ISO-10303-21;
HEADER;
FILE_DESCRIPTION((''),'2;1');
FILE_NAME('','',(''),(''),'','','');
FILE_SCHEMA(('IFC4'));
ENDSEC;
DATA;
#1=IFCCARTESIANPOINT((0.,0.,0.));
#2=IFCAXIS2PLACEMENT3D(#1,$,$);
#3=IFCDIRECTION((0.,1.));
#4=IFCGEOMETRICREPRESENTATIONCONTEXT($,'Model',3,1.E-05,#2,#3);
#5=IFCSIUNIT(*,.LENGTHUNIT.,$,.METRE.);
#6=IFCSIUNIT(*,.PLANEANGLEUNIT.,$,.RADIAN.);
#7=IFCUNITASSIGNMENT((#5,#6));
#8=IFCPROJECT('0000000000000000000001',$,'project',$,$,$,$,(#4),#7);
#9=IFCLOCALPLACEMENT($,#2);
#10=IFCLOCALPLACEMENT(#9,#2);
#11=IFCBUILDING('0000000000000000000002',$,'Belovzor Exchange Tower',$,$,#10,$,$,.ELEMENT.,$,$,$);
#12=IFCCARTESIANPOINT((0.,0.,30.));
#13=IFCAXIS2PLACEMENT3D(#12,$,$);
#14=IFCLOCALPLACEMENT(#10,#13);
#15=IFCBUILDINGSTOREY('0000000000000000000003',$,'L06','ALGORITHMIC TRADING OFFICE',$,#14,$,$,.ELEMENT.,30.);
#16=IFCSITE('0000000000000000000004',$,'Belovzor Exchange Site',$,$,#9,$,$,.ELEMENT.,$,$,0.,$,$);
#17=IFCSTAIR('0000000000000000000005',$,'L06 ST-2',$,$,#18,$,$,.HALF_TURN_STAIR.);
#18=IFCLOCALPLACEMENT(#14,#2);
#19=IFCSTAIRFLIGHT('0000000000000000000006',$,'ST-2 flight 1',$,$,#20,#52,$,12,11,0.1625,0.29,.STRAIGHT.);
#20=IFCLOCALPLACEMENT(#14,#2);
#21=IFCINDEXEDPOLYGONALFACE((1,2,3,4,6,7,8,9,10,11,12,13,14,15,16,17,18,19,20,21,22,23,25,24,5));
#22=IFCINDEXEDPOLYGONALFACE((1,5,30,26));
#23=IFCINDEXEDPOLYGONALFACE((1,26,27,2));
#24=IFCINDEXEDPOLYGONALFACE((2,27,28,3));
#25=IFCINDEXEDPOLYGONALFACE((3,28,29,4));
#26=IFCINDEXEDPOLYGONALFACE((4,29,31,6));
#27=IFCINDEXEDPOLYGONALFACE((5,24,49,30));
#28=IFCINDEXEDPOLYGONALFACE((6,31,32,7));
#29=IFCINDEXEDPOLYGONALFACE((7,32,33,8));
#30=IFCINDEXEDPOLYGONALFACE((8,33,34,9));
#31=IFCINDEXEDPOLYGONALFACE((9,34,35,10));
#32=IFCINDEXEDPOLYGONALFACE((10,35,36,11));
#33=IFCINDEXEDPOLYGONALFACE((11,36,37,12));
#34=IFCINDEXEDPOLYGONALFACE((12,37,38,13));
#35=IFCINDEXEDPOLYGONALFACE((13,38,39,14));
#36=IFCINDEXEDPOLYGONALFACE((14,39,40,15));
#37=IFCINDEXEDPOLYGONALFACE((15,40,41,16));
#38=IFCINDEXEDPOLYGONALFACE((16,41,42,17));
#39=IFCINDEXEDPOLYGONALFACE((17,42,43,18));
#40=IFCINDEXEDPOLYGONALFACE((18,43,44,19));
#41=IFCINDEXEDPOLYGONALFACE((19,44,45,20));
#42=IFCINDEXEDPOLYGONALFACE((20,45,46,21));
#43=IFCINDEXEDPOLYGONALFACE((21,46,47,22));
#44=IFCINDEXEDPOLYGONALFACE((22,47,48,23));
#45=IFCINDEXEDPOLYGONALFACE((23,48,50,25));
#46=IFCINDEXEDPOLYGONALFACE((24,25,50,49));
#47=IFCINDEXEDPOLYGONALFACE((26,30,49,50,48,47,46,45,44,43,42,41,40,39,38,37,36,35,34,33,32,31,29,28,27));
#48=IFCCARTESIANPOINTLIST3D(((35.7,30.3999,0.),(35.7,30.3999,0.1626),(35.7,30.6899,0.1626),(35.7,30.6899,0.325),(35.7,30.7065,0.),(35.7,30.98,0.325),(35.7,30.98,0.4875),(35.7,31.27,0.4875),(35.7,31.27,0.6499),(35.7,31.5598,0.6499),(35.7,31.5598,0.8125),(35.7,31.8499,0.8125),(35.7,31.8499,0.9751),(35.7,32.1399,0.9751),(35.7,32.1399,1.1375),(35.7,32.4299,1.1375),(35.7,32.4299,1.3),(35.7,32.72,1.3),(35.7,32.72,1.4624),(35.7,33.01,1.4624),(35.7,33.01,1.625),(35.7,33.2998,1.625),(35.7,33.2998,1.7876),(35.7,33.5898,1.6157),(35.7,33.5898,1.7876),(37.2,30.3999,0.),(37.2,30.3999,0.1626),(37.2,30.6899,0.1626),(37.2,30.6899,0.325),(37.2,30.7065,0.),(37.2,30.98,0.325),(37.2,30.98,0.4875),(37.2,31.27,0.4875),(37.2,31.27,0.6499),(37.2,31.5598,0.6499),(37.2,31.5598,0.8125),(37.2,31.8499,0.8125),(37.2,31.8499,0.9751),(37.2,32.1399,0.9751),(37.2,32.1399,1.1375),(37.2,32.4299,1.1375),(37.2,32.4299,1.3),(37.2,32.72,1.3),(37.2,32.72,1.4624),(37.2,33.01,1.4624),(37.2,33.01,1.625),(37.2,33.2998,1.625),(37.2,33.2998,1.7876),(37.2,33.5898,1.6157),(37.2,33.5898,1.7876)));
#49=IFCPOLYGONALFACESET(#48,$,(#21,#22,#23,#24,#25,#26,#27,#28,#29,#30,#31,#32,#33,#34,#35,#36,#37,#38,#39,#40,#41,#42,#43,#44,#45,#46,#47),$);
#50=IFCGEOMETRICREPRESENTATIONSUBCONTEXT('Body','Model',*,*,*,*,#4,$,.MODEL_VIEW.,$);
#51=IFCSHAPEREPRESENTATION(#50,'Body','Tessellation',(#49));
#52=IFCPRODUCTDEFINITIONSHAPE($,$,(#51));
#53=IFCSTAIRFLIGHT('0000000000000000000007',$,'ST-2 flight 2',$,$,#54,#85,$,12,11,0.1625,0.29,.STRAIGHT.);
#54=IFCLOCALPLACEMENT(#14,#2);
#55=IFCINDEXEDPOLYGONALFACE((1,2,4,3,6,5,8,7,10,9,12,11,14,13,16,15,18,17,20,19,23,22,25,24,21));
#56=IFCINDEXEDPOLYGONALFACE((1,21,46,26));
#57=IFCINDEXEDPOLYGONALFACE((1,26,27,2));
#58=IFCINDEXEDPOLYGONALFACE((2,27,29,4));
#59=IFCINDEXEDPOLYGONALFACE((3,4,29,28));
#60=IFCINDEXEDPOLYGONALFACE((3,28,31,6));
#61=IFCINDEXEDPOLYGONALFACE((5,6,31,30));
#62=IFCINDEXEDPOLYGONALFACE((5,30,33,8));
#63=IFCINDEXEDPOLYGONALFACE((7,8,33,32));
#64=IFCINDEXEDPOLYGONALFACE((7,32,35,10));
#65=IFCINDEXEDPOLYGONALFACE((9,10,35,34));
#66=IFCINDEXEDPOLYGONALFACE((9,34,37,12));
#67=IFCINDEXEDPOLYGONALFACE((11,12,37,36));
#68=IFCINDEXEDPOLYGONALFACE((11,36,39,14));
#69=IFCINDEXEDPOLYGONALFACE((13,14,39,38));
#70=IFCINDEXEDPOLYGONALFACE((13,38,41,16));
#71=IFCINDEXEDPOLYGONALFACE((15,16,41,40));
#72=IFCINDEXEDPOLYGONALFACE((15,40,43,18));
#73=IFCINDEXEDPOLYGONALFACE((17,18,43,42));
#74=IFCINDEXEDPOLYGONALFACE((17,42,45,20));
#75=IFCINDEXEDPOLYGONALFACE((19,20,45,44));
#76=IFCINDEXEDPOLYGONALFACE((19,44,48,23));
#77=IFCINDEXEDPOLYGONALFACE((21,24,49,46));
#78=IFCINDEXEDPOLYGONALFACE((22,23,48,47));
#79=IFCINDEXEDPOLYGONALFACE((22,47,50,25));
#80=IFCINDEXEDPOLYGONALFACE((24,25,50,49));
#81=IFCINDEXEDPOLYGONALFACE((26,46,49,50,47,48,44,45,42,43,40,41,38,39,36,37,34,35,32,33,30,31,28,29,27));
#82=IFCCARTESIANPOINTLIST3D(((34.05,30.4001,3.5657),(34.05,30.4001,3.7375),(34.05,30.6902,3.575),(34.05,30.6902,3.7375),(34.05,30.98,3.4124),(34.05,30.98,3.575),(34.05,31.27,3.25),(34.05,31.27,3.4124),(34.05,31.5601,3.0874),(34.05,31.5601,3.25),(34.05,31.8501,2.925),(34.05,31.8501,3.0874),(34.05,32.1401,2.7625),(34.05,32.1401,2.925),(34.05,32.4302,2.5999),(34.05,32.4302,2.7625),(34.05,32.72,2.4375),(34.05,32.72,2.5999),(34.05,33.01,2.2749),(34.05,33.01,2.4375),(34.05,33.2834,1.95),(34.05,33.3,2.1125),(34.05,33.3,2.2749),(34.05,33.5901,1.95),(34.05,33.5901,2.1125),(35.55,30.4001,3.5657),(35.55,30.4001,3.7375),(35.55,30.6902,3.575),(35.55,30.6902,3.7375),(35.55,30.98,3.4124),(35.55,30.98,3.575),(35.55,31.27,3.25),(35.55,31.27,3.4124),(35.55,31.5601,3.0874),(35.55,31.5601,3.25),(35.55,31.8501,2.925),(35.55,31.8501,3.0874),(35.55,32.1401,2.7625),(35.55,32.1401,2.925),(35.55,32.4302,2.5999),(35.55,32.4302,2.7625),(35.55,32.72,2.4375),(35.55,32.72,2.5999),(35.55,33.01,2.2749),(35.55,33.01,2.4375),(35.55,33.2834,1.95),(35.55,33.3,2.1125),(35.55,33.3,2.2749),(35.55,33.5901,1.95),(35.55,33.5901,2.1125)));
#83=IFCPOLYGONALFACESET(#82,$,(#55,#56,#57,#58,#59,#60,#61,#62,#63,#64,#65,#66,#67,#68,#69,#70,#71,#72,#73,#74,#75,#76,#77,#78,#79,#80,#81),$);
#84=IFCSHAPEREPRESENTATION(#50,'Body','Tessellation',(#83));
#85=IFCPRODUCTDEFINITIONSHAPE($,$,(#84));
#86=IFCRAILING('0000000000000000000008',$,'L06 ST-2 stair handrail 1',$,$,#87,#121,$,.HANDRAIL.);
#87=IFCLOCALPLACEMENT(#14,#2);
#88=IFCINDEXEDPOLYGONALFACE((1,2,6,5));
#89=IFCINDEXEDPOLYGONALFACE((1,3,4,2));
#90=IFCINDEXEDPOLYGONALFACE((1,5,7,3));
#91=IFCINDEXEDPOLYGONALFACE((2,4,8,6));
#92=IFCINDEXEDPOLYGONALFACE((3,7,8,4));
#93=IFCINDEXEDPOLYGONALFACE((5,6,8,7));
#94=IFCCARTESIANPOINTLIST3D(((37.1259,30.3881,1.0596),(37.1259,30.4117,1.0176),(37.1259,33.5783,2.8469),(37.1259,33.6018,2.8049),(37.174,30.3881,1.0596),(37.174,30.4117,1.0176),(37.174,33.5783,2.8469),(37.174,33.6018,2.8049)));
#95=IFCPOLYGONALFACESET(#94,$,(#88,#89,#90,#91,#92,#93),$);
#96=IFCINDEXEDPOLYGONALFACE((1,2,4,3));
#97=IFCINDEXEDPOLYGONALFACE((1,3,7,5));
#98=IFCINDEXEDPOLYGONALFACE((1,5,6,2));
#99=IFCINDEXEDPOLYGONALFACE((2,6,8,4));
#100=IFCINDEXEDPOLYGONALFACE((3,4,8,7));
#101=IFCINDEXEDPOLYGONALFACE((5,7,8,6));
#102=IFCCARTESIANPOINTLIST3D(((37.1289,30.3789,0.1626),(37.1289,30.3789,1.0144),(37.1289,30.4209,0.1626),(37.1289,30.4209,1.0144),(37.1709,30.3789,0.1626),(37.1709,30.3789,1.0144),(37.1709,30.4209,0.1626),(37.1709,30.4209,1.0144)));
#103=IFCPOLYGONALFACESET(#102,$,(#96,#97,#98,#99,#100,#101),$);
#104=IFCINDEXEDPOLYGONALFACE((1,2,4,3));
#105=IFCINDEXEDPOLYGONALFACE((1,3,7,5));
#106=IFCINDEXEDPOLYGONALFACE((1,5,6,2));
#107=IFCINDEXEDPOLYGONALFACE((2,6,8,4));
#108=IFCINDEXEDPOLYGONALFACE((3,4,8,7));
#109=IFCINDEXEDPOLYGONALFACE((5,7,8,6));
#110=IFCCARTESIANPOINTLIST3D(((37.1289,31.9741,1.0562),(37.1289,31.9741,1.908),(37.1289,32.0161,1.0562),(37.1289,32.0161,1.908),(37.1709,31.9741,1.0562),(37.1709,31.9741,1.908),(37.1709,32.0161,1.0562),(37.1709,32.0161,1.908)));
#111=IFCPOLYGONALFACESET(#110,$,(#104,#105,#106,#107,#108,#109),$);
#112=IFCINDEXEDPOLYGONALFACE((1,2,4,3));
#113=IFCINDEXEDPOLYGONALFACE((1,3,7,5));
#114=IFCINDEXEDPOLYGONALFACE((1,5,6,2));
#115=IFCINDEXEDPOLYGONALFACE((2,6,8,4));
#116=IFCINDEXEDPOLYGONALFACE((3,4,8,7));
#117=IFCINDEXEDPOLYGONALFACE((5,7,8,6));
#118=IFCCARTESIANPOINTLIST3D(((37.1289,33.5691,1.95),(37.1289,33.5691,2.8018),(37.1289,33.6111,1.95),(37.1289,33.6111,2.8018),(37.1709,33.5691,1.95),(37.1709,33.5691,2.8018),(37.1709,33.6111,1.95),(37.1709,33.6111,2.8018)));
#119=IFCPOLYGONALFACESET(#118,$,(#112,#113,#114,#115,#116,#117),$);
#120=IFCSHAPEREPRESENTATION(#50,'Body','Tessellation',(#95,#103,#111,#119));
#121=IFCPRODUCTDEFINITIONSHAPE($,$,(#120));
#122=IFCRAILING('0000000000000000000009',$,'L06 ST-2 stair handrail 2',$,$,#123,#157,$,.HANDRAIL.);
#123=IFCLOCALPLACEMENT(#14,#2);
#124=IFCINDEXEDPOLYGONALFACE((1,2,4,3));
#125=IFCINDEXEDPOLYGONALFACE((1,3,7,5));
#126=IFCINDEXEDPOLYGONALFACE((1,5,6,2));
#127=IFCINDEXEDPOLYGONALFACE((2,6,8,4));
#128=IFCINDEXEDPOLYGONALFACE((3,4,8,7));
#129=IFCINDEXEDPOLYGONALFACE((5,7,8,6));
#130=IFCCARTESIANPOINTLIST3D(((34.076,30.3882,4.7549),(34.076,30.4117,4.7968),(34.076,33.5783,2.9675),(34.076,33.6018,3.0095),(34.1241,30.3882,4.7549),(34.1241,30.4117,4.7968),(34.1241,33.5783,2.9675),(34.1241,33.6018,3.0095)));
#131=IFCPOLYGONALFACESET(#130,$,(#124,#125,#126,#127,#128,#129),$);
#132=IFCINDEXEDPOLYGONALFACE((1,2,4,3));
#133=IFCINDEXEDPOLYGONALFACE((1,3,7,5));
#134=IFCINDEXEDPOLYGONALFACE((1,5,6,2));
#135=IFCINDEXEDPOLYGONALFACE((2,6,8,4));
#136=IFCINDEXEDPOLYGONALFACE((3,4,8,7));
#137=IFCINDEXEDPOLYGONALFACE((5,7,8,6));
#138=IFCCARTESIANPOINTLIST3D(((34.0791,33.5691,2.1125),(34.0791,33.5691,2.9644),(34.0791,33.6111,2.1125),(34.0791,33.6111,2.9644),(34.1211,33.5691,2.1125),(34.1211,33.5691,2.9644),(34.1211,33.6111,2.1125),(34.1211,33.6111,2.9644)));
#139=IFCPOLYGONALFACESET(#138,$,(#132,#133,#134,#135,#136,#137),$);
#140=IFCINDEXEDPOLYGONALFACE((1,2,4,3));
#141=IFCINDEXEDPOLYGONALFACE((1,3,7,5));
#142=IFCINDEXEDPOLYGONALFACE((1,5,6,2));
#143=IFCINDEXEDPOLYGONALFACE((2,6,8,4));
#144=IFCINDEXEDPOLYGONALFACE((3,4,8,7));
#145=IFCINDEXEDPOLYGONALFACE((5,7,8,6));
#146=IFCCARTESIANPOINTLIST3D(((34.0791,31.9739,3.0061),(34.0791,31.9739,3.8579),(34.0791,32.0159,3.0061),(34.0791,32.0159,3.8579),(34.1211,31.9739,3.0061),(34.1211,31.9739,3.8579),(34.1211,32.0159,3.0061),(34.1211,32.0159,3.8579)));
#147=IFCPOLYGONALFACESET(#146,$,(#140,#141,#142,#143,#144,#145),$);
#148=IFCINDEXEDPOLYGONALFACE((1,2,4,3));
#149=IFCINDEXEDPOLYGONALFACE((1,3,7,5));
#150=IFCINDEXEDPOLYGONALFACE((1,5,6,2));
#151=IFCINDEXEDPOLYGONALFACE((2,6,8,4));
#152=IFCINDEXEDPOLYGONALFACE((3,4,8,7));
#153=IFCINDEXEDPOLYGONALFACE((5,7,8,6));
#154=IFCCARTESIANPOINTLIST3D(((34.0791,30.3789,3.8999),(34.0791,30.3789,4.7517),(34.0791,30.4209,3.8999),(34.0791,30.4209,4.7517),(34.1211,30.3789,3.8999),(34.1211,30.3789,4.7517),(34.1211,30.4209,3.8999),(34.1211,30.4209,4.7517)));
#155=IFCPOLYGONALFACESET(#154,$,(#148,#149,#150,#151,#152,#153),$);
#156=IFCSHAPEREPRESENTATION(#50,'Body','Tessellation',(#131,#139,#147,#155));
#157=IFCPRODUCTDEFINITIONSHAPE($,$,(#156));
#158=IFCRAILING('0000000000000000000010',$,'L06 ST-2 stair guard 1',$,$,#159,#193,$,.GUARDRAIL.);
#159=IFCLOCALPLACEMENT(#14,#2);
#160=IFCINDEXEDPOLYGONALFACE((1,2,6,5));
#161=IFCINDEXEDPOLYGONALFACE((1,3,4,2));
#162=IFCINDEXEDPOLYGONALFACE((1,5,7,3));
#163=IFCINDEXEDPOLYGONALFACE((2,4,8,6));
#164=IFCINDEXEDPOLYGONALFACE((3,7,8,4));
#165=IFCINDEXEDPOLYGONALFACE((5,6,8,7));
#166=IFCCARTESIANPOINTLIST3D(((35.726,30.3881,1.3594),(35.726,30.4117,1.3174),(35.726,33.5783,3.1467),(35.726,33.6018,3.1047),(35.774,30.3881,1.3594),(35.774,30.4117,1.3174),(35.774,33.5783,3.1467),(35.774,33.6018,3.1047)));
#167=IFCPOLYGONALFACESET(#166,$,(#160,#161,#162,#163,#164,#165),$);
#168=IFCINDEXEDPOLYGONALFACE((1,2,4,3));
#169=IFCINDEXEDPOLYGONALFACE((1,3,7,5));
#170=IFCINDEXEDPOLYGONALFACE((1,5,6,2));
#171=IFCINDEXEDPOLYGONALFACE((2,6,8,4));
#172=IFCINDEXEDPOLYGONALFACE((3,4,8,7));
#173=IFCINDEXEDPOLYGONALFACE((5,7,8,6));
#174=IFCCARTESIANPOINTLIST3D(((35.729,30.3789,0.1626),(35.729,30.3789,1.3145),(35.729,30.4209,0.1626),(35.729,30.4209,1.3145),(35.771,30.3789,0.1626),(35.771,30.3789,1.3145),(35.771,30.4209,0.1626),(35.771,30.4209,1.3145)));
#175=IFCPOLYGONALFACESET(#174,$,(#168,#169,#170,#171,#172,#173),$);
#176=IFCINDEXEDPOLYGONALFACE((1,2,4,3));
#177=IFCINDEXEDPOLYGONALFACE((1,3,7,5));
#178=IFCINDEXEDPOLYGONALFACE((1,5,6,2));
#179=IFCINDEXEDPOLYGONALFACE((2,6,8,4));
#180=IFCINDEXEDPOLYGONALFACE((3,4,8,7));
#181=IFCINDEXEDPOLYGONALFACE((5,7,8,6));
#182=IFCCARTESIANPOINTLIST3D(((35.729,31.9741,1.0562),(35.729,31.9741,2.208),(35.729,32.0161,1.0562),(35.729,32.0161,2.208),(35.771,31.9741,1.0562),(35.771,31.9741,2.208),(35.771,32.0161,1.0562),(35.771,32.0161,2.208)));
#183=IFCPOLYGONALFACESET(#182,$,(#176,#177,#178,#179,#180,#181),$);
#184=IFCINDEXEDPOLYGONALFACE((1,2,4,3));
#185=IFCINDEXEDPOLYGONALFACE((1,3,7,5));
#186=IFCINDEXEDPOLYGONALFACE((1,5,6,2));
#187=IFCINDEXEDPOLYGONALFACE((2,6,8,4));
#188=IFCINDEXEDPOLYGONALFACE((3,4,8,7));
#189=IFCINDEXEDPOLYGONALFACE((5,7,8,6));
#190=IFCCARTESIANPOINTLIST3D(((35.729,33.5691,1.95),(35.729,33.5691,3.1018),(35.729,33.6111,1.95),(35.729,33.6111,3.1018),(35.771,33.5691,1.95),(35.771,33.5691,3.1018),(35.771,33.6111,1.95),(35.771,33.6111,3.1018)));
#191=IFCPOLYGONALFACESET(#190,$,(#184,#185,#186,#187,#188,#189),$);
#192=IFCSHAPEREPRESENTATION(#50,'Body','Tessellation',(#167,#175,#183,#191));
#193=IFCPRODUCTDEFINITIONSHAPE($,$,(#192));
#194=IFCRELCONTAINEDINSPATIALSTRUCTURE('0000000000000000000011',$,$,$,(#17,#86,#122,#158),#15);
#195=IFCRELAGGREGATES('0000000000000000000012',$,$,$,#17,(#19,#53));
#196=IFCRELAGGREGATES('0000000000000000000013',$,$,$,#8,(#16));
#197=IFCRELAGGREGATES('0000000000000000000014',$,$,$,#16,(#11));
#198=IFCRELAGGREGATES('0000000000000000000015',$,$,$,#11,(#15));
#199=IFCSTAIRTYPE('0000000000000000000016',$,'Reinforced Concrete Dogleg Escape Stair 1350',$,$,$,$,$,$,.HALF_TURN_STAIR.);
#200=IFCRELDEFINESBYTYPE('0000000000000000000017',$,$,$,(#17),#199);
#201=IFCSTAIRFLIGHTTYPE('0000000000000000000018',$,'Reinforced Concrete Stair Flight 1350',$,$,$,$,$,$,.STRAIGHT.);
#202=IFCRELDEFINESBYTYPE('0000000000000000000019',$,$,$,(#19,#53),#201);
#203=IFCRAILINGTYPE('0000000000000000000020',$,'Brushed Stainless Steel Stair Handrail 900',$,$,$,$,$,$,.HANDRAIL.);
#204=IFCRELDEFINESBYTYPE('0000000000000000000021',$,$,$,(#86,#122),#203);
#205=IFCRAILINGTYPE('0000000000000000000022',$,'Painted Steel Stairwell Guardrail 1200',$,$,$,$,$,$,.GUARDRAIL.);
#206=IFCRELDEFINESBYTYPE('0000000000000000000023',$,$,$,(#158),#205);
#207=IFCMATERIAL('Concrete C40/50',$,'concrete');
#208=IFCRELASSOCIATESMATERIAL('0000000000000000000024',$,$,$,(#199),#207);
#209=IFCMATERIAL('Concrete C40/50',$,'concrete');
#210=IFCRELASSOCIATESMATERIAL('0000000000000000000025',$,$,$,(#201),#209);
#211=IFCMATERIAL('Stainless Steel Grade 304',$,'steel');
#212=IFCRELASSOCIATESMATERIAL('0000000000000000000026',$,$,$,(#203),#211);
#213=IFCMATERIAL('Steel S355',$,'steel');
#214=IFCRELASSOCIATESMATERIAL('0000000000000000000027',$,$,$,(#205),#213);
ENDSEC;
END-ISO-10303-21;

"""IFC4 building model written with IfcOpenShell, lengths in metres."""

from ifc_helpers import new_model, si_unit, direction, frame, origin, origin_2d, place, context, subcontext, project, spatial, polyline, rectangle, outline, extrude, material, type_object, element, aggregate, save


model = new_model("IFC4")

# Units and contexts
model_context = context("Model", 3, precision=1e-05, world=origin(), true_north=direction((0.0, 1.0)))
body_context = subcontext(model_context, "Body", "Model", "MODEL_VIEW")
ifc_project = project(units=[si_unit("LENGTHUNIT", "METRE"), si_unit("PLANEANGLEUNIT", "RADIAN")], contexts=[model_context])

# Site, building, storey
site_placement = place(None, origin())
site = spatial("IfcSite", under=ifc_project, at=site_placement, Name="Belovzor Exchange Site", CompositionType="ELEMENT", RefElevation=0.0)
building_placement = place(site_placement, origin())
building = spatial("IfcBuilding", under=site, at=building_placement, Name="Belovzor Exchange Tower", CompositionType="ELEMENT")
storey_placement = place(building_placement, frame((0.0, 0.0, 30.0)))
storey = spatial("IfcBuildingStorey", under=building, at=storey_placement, Name="L06", Description="ALGORITHMIC TRADING OFFICE", CompositionType="ELEMENT", Elevation=30.0)

# Stair, stair flights
ifc_material_1 = material(Name="Concrete C40/50", Category="concrete")
stair_type = type_object("IfcStairType", Name="Reinforced Concrete Dogleg Escape Stair 1350", PredefinedType="HALF_TURN_STAIR", material=ifc_material_1)
stair_placement = place(storey_placement, origin())
stair = element("IfcStair", 1, at=stair_placement, inside=storey, type_object=stair_type, Name="L06 ST-2", PredefinedType="HALF_TURN_STAIR")
ifc_material_2 = material(Name="Concrete C40/50", Category="concrete")
stair_flight_type = type_object("IfcStairFlightType", Name="Reinforced Concrete Stair Flight 1350", PredefinedType="STRAIGHT", material=ifc_material_2)
stair_flight_1_placement = place(storey_placement, frame((36.45, 30.3999, 0.0), z_axis=(0.0, 0.0, 1.0), x_axis=(0.0, 1.0, 0.0)))
stair_flight_1 = element("IfcStairFlight", 2, at=stair_flight_1_placement, type_object=stair_flight_type, Name="ST-2 flight 1", NumberOfRisers=12, NumberOfTreads=11, PredefinedType="STRAIGHT", RiserHeight=0.1625, TreadLength=0.29, context=body_context, shape_type="SweptSolid", body=[
    extrude(outline(polyline([(0.0, 0.0), (0.0, 0.1626), (0.29, 0.1626), (0.29, 0.325), (0.5801, 0.325), (0.5801, 0.4875), (0.8701, 0.4875), (0.8701, 0.6499), (1.1599, 0.6499), (1.1599, 0.8125), (1.45, 0.8125), (1.45, 0.9751), (1.74, 0.9751), (1.74, 1.1375), (2.03, 1.1375), (2.03, 1.3), (2.3201, 1.3), (2.3201, 1.4624), (2.6101, 1.4624), (2.6101, 1.625), (2.8999, 1.625), (2.8999, 1.7876), (3.1899, 1.7876), (3.1899, 1.95), (3.1899, 1.6157), (0.3066, 0.0), (0.0, 0.0)])), frame((0.0, 0.75, 0.0), z_axis=(0.0, -1.0, 0.0), x_axis=(1.0, 0.0, 0.0)), (0.0, 0.0, 1.0), 1.5),
])
stair_flight_2_placement = place(storey_placement, frame((34.8, 33.5901, 1.95), z_axis=(0.0, 0.0, 1.0), x_axis=(0.0, -1.0, 0.0)))
stair_flight_2 = element("IfcStairFlight", 3, at=stair_flight_2_placement, type_object=stair_flight_type, Name="ST-2 flight 2", NumberOfRisers=12, NumberOfTreads=11, PredefinedType="STRAIGHT", RiserHeight=0.1625, TreadLength=0.29, context=body_context, shape_type="SweptSolid", body=[
    extrude(outline(polyline([(0.0, 0.0), (0.0, 0.1626), (0.29, 0.1626), (0.29, 0.325), (0.5801, 0.325), (0.5801, 0.4875), (0.8701, 0.4875), (0.8701, 0.6499), (1.1599, 0.6499), (1.1599, 0.8125), (1.45, 0.8125), (1.45, 0.9751), (1.74, 0.9751), (1.74, 1.1375), (2.03, 1.1375), (2.03, 1.3), (2.3201, 1.3), (2.3201, 1.4624), (2.6101, 1.4624), (2.6101, 1.625), (2.8999, 1.625), (2.8999, 1.7876), (3.1899, 1.7876), (3.1899, 1.95), (3.1899, 1.6157), (0.3066, 0.0), (0.0, 0.0)])), frame((0.0, 0.75, 0.0), z_axis=(0.0, -1.0, 0.0), x_axis=(1.0, 0.0, 0.0)), (0.0, 0.0, 1.0), 1.5),
])
aggregate(stair, [stair_flight_1, stair_flight_2])

# Railings
ifc_material_3 = material(Name="Stainless Steel Grade 304", Category="steel")
railing_type_1 = type_object("IfcRailingType", Name="Brushed Stainless Steel Stair Handrail 900", PredefinedType="HANDRAIL", material=ifc_material_3)
railing_1_placement = place(storey_placement, frame((37.1499, 30.3999, 0.1626)))
element("IfcRailing", 4, at=railing_1_placement, inside=storey, type_object=railing_type_1, Name="L06 ST-2 stair handrail 1", PredefinedType="HANDRAIL", context=body_context, shape_type="SweptSolid", body=[
    extrude(rectangle(XDim=0.0481, YDim=0.0481, at=origin_2d()), frame((0.0, 0.0, 0.876), z_axis=(0.0, 0.872407, 0.48878), x_axis=(-1.0, 0.0, 0.0)), (0.0, 0.0, 1.0), 3.6567),
    extrude(rectangle(XDim=0.042, YDim=0.042, at=origin_2d()), origin(), (0.0, 0.0, 1.0), 0.8518),
    extrude(rectangle(XDim=0.042, YDim=0.042, at=origin_2d()), frame((0.0, 1.5952, 0.8936)), (0.0, 0.0, 1.0), 0.8518),
    extrude(rectangle(XDim=0.042, YDim=0.042, at=origin_2d()), frame((0.0, 3.1902, 1.7874)), (0.0, 0.0, 1.0), 0.8518),
])
railing_2_placement = place(storey_placement, frame((34.1001, 33.5901, 2.1125)))
element("IfcRailing", 5, at=railing_2_placement, inside=storey, type_object=railing_type_1, Name="L06 ST-2 stair handrail 2", PredefinedType="HANDRAIL", context=body_context, shape_type="SweptSolid", body=[
    extrude(rectangle(XDim=0.0481, YDim=0.0481, at=origin_2d()), frame((0.0, 0.0, 0.876), z_axis=(0.0, -0.872407, 0.48878), x_axis=(1.0, 0.0, 0.0)), (0.0, 0.0, 1.0), 3.6567),
    extrude(rectangle(XDim=0.042, YDim=0.042, at=origin_2d()), origin(), (0.0, 0.0, 1.0), 0.8518),
    extrude(rectangle(XDim=0.042, YDim=0.042, at=origin_2d()), frame((0.0, -1.5952, 0.8936)), (0.0, 0.0, 1.0), 0.8518),
    extrude(rectangle(XDim=0.042, YDim=0.042, at=origin_2d()), frame((0.0, -3.1902, 1.7874)), (0.0, 0.0, 1.0), 0.8518),
])
ifc_material_4 = material(Name="Steel S355", Category="steel")
railing_type_2 = type_object("IfcRailingType", Name="Painted Steel Stairwell Guardrail 1200", PredefinedType="GUARDRAIL", material=ifc_material_4)
railing_3_placement = place(storey_placement, frame((35.75, 30.3999, 0.1626)))
element("IfcRailing", 6, at=railing_3_placement, inside=storey, type_object=railing_type_2, Name="L06 ST-2 stair guard 1", PredefinedType="GUARDRAIL", context=body_context, shape_type="SweptSolid", body=[
    extrude(rectangle(XDim=0.0481, YDim=0.0481, at=origin_2d()), frame((0.0, 0.0, 1.1758), z_axis=(0.0, 0.872407, 0.48878), x_axis=(-1.0, 0.0, 0.0)), (0.0, 0.0, 1.0), 3.6567),
    extrude(rectangle(XDim=0.042, YDim=0.042, at=origin_2d()), origin(), (0.0, 0.0, 1.0), 1.1519),
    extrude(rectangle(XDim=0.042, YDim=0.042, at=origin_2d()), frame((0.0, 1.5952, 0.8936)), (0.0, 0.0, 1.0), 1.1519),
    extrude(rectangle(XDim=0.042, YDim=0.042, at=origin_2d()), frame((0.0, 3.1902, 1.7874)), (0.0, 0.0, 1.0), 1.1519),
])

save(model, "model.ifc")
